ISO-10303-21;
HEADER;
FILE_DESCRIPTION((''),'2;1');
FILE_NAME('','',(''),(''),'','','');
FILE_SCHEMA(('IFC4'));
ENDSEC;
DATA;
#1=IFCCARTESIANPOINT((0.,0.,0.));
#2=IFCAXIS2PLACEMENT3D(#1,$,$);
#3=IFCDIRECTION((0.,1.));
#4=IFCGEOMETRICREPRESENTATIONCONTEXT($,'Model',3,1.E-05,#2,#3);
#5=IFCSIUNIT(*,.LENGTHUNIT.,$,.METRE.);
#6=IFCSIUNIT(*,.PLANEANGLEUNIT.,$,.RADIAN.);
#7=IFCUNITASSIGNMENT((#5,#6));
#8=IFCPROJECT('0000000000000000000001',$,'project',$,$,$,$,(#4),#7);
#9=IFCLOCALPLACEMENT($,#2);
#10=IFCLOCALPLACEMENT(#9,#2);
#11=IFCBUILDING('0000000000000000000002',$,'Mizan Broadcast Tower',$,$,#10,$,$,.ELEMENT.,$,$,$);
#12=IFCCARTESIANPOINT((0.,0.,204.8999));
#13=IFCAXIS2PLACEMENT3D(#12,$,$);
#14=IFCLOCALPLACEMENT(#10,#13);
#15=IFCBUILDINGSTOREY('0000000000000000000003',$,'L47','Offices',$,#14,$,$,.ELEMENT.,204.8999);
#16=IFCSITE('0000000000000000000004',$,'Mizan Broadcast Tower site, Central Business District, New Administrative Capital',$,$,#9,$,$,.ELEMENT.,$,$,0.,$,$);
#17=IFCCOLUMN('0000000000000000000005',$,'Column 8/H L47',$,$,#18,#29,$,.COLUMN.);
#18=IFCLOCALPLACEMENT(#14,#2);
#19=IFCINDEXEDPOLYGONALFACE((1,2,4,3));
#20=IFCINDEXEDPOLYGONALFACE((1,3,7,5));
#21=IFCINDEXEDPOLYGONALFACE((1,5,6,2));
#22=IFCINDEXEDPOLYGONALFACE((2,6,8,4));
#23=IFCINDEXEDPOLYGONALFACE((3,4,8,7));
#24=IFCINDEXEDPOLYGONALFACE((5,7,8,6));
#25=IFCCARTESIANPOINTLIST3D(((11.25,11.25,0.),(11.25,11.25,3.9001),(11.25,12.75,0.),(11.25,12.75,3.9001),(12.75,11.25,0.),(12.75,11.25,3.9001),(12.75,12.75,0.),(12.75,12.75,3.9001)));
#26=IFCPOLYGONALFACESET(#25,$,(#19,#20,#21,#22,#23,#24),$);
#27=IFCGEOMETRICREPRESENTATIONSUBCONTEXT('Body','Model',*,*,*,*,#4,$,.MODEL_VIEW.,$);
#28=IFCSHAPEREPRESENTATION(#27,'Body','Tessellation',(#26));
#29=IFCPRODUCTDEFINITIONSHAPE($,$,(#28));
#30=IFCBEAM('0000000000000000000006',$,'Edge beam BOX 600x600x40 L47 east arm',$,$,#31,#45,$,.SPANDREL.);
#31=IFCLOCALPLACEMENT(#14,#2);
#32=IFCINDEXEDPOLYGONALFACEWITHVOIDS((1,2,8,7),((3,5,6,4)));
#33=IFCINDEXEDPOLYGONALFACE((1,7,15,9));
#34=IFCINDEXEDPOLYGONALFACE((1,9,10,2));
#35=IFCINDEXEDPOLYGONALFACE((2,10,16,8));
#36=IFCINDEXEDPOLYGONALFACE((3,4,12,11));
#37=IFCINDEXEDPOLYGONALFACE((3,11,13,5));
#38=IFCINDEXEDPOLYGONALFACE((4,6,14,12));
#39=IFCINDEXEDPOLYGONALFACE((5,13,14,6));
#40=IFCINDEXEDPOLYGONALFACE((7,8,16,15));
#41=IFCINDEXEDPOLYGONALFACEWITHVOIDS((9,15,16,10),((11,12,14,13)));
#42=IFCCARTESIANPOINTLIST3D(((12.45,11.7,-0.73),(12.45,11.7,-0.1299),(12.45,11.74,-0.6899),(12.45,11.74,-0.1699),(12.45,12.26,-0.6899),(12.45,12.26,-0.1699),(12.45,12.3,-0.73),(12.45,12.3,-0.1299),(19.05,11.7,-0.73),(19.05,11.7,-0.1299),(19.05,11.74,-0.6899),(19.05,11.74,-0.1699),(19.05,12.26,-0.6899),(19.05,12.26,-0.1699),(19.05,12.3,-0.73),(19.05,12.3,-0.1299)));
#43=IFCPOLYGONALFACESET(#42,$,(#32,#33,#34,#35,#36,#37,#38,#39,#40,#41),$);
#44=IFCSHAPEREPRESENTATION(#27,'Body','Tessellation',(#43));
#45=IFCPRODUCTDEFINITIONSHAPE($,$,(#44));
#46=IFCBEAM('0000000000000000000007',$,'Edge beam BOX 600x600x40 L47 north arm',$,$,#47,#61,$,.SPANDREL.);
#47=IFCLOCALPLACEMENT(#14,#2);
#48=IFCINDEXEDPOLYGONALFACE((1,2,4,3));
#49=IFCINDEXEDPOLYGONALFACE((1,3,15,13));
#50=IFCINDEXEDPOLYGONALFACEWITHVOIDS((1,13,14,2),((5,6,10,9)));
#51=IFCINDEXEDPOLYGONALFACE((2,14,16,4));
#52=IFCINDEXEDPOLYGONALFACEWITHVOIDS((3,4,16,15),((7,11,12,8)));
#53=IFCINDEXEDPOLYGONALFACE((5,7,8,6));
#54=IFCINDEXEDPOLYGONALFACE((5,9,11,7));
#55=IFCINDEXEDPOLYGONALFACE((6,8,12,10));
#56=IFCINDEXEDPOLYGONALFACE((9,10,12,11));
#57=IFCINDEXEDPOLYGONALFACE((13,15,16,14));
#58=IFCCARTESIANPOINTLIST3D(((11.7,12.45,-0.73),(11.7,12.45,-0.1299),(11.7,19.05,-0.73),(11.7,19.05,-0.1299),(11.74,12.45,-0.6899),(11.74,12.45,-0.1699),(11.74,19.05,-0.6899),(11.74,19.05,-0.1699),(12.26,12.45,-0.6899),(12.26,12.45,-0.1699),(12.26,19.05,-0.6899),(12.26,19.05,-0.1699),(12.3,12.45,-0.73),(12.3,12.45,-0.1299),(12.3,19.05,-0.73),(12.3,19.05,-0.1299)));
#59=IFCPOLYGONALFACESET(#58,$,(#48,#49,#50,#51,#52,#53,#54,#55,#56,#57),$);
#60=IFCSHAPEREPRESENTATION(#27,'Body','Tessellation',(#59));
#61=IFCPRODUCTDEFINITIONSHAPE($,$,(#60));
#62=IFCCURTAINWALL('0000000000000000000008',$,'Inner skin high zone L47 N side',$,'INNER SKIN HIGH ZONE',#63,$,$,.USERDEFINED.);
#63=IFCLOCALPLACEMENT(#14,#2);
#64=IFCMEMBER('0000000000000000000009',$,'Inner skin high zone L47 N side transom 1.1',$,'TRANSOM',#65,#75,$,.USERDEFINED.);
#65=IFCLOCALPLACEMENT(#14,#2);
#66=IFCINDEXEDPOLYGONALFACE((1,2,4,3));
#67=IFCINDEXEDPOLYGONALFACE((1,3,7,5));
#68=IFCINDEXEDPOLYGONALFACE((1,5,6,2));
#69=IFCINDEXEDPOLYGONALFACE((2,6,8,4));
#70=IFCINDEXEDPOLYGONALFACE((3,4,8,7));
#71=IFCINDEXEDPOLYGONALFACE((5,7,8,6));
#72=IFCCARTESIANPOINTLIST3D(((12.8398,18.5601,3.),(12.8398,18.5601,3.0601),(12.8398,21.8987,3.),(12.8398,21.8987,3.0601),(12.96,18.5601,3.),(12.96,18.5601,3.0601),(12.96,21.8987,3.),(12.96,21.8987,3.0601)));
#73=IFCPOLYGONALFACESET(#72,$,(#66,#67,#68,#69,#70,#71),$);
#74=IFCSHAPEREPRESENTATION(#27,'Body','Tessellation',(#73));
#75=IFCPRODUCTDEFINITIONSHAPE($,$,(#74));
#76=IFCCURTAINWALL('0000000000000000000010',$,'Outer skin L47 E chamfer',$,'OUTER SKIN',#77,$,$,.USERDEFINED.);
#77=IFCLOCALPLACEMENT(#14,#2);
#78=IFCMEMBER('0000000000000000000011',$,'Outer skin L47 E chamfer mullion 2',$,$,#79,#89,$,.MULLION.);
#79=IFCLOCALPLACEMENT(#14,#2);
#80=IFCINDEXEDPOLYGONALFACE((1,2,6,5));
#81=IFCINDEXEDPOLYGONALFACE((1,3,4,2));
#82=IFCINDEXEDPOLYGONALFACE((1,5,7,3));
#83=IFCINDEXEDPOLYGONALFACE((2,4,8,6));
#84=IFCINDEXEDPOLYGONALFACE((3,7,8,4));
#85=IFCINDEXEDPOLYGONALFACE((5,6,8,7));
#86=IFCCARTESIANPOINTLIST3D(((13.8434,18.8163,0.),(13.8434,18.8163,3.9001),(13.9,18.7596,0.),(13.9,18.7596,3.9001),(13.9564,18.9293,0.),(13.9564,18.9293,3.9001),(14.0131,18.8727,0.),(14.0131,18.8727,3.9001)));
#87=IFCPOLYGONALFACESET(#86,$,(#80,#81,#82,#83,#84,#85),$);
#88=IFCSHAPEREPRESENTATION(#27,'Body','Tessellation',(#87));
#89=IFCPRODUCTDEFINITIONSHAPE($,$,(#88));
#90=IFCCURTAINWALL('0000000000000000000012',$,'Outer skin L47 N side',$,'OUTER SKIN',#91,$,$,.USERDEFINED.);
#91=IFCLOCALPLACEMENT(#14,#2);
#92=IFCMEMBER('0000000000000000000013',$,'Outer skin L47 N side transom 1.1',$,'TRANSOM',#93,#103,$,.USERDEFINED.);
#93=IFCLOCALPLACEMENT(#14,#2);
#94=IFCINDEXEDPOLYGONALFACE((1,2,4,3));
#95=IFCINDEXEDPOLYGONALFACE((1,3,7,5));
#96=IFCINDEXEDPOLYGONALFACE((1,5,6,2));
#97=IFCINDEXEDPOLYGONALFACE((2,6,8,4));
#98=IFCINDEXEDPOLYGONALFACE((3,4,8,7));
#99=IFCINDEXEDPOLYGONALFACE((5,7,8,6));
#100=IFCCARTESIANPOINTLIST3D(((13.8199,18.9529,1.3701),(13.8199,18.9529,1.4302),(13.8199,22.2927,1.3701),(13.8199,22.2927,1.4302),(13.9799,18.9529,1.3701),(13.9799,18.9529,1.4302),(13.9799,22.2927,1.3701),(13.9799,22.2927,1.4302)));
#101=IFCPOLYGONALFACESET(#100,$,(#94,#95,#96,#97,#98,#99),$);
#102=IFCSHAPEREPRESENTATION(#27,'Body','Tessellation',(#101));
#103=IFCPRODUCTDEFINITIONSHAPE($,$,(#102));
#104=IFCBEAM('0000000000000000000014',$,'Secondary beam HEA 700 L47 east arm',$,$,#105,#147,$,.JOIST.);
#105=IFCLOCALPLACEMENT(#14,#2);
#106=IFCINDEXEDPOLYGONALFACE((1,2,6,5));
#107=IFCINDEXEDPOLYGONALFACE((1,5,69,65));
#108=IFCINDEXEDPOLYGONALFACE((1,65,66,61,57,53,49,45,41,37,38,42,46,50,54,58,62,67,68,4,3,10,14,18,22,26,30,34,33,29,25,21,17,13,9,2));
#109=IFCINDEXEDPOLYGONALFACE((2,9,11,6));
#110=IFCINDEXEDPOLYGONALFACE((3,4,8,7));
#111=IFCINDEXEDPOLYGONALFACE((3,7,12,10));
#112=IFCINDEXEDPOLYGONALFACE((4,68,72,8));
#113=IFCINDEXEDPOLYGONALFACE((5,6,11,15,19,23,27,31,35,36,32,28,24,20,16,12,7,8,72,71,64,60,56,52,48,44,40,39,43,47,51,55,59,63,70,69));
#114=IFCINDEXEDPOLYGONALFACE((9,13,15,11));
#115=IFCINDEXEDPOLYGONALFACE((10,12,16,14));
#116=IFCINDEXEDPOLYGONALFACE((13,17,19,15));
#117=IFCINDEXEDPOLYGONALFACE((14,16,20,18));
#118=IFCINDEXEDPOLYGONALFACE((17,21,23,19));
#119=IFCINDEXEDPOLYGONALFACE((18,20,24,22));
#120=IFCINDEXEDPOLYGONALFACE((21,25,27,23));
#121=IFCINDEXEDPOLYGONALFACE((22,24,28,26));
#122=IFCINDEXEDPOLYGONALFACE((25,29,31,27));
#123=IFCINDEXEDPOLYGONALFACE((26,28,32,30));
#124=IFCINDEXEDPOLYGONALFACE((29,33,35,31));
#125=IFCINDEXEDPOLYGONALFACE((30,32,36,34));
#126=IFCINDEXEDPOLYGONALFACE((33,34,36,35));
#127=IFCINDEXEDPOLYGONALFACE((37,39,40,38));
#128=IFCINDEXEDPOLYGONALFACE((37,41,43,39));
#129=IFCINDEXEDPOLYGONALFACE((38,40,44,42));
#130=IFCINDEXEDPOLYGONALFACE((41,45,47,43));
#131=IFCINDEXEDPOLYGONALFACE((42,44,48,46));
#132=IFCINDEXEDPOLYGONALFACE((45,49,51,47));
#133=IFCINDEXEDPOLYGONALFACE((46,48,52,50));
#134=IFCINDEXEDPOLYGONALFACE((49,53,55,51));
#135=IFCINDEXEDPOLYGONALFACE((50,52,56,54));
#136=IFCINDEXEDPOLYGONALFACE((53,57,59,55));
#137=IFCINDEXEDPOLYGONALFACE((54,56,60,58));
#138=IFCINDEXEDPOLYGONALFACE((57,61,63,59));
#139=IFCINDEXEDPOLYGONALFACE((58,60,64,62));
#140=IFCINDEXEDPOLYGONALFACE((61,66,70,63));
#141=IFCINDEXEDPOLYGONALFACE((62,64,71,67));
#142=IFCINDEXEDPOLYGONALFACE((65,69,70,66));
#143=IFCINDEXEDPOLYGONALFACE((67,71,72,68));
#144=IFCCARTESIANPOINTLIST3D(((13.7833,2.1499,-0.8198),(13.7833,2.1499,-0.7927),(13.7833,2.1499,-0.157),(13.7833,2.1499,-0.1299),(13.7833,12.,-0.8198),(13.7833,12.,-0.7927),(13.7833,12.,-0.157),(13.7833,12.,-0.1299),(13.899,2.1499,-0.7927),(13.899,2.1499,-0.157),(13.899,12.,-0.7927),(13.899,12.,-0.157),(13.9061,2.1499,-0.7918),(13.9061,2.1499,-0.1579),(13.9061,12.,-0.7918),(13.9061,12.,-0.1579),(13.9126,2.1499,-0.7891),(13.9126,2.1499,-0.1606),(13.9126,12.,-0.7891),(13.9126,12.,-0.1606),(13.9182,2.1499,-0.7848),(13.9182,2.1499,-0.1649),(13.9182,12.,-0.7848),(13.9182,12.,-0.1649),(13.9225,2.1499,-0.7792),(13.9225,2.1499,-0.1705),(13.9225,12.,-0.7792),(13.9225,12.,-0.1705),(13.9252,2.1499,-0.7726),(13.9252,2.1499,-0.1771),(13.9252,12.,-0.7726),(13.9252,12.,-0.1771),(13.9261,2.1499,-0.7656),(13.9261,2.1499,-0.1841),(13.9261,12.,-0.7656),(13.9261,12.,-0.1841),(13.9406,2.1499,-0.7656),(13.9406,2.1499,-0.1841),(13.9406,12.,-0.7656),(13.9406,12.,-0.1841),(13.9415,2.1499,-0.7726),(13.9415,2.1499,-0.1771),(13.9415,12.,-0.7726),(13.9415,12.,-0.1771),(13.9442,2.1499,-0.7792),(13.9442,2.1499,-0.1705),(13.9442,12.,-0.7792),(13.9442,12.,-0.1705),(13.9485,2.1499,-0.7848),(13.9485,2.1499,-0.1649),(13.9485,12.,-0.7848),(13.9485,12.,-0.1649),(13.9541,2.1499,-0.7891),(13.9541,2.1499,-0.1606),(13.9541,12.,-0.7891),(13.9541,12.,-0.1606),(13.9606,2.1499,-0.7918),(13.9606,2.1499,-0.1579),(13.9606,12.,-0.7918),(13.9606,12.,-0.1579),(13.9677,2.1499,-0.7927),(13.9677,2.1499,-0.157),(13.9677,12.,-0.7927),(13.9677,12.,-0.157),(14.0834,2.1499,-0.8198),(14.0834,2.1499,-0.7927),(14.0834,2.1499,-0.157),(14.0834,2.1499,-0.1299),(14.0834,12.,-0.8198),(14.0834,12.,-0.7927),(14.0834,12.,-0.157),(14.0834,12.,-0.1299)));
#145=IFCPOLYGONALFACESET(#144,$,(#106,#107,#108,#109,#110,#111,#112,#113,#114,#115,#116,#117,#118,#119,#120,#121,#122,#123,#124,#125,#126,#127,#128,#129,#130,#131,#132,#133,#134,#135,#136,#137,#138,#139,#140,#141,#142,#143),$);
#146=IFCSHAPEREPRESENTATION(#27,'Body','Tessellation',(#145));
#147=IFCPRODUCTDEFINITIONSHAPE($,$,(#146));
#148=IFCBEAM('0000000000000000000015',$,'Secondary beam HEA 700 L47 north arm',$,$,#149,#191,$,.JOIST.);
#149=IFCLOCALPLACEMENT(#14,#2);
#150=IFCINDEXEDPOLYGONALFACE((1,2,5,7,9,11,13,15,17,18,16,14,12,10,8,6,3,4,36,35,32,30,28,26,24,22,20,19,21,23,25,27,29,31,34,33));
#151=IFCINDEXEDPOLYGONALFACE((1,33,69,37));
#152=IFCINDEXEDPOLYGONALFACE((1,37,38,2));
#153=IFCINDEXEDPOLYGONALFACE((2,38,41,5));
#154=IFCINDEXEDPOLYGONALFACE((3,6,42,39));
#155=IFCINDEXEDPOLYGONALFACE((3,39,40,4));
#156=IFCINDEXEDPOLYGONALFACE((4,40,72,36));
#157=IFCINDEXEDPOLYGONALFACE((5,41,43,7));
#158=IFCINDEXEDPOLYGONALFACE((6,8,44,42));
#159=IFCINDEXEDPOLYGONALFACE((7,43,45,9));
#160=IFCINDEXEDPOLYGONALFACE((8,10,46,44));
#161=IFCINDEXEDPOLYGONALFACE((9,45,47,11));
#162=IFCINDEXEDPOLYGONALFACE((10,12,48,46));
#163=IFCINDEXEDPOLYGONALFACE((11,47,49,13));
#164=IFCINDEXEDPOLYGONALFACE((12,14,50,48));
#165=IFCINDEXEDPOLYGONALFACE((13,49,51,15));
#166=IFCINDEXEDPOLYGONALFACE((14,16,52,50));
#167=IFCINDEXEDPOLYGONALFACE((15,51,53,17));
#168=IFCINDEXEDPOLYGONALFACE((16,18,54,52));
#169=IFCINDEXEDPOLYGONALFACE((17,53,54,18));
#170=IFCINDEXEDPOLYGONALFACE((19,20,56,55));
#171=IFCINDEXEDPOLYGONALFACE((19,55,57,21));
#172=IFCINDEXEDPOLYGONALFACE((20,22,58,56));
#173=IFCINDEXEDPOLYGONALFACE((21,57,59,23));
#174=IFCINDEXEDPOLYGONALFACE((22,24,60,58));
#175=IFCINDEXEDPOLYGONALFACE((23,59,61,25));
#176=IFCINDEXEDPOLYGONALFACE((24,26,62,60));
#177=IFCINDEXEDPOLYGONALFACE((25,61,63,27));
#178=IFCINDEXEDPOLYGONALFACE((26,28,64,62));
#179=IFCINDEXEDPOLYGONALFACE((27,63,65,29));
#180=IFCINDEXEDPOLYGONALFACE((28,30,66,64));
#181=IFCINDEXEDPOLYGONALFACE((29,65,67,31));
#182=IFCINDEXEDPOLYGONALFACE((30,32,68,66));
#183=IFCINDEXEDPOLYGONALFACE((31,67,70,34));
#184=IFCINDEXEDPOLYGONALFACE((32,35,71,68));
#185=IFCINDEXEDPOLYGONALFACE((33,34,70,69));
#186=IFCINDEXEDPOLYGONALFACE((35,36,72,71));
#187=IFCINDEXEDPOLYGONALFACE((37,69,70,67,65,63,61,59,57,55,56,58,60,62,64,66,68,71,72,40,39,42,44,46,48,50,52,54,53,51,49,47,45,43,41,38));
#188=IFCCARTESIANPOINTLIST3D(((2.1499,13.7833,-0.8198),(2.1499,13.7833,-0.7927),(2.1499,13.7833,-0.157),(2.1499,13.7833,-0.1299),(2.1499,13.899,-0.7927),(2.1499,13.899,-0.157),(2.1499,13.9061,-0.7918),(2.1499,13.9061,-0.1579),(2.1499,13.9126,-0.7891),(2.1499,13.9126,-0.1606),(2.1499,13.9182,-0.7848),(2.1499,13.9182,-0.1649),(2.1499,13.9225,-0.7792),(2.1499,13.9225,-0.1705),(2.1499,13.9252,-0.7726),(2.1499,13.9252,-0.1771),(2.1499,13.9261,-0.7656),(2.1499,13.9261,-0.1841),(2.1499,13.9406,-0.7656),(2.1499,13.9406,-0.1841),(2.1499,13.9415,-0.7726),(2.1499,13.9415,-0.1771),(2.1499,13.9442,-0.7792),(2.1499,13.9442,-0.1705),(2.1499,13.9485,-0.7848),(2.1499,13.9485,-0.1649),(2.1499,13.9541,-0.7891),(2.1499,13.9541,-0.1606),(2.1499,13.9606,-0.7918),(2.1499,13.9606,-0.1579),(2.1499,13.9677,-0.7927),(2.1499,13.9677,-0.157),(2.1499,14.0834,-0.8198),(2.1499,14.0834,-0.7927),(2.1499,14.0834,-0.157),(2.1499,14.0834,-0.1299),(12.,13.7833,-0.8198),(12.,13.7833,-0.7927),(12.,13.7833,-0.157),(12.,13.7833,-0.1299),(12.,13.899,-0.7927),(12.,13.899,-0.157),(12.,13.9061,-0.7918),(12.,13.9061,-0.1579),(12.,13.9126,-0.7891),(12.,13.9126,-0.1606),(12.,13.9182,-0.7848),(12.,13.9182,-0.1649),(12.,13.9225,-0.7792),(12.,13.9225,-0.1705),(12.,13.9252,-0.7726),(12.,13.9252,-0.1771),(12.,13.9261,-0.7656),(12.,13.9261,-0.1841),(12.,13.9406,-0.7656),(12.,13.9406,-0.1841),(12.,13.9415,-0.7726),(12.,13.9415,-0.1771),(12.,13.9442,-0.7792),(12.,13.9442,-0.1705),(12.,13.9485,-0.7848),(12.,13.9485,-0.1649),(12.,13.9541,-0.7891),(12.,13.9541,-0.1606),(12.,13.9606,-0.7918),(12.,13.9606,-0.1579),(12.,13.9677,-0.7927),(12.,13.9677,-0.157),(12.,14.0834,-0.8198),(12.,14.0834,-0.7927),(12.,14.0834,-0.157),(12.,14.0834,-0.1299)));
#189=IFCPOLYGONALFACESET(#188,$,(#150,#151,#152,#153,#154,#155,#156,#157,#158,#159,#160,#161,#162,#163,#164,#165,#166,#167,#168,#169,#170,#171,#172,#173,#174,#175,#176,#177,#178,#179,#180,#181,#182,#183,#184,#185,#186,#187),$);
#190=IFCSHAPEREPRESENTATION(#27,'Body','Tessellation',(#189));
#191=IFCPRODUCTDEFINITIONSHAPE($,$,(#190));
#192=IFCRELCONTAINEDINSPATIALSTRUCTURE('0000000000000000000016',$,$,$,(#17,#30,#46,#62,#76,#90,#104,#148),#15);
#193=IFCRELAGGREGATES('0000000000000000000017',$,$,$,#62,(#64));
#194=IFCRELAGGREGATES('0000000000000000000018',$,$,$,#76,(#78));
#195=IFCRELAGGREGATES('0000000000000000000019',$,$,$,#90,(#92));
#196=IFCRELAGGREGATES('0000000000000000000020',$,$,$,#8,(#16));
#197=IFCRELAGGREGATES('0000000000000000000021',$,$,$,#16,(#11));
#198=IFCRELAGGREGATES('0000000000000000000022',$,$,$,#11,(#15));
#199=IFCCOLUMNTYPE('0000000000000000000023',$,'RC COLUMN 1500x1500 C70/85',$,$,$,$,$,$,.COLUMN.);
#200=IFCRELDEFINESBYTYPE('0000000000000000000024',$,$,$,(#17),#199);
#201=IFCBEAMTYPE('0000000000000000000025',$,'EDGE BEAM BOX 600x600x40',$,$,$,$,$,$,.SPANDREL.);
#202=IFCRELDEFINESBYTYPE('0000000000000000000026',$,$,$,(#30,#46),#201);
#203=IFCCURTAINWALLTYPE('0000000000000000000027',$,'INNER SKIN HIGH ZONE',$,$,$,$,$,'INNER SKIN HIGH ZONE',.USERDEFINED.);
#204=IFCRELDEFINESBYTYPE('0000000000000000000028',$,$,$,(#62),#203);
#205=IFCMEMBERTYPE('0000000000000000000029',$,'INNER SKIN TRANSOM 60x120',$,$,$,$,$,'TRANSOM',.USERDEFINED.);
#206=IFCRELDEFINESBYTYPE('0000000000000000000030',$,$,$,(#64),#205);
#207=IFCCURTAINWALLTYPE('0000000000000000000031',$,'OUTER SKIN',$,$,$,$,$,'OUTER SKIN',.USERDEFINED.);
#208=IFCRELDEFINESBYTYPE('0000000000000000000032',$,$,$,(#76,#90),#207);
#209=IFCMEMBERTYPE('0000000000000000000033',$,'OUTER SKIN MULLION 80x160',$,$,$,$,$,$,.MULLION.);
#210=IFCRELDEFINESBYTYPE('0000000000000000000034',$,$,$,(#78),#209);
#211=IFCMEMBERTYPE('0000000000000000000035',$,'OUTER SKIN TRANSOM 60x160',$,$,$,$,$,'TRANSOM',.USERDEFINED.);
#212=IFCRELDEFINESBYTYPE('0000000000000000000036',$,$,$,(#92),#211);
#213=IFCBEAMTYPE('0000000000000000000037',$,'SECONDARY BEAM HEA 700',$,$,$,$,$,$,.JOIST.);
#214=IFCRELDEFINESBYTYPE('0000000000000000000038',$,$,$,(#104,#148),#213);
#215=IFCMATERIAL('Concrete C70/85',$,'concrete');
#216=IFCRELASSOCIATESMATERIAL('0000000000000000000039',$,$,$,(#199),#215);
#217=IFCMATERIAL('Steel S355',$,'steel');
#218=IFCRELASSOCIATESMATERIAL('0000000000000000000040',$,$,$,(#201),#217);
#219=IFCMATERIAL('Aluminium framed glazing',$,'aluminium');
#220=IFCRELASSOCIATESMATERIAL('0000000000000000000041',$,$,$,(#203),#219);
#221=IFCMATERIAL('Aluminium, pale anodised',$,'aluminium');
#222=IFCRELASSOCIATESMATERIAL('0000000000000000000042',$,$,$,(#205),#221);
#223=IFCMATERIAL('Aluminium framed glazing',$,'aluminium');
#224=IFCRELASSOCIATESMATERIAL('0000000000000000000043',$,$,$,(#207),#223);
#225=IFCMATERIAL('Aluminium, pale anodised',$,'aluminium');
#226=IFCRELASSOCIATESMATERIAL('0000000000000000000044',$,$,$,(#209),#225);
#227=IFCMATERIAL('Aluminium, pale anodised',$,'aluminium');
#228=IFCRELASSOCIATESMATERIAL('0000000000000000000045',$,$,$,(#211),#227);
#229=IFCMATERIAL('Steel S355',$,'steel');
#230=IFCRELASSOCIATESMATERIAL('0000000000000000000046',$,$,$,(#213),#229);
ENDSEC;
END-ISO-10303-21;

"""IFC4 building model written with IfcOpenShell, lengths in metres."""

from ifc_helpers import new_model, si_unit, direction, frame, origin, origin_2d, place, context, subcontext, project, spatial, rectangle, hollow_rectangle, i_section, extrude, material, material_profile, profile_set, type_object, element, aggregate, save


model = new_model("IFC4")

# Units and contexts
model_context = context("Model", 3, precision=1e-05, world=origin(), true_north=direction((0.0, 1.0)))
body_context = subcontext(model_context, "Body", "Model", "MODEL_VIEW")
ifc_project = project(units=[si_unit("LENGTHUNIT", "METRE"), si_unit("PLANEANGLEUNIT", "RADIAN")], contexts=[model_context])

# Site, building, storey
site_placement = place(None, origin())
site = spatial("IfcSite", under=ifc_project, at=site_placement, Name="Mizan Broadcast Tower site, Central Business District, New Administrative Capital", CompositionType="ELEMENT", RefElevation=0.0)
building_placement = place(site_placement, origin())
building = spatial("IfcBuilding", under=site, at=building_placement, Name="Mizan Broadcast Tower", CompositionType="ELEMENT")
storey_placement = place(building_placement, frame((0.0, 0.0, 204.8999)))
storey = spatial("IfcBuildingStorey", under=building, at=storey_placement, Name="L47", Description="Offices", CompositionType="ELEMENT", Elevation=204.8999)

# Column
ifc_material_1 = material(Name="Concrete C70/85", Category="concrete")
ifc_material_profile_1 = material_profile(ifc_material_1, rectangle(XDim=1.5, YDim=1.5, at=origin_2d()), Name="RC 1500x1500")
ifc_profile_set_1 = profile_set([ifc_material_profile_1], Name="Concrete C70/85")
column_type = type_object("IfcColumnType", Name="RC COLUMN 1500x1500 C70/85", PredefinedType="COLUMN", material=ifc_profile_set_1)
column_placement = place(storey_placement, frame((12.0, 12.0, 0.0), z_axis=(0.0, 0.0, 1.0), x_axis=(1.0, 0.0, 0.0)))
element("IfcColumn", 1, at=column_placement, inside=storey, type_object=column_type, Name="Column 8/H L47", PredefinedType="COLUMN", context=body_context, shape_type="SweptSolid", body=[
    extrude(rectangle(XDim=1.5, YDim=1.5, at=origin_2d()), origin(), (0.0, 0.0, 1.0), 3.9001),
])

# Beams
ifc_material_2 = material(Name="Steel S355", Category="steel")
ifc_material_profile_2 = material_profile(ifc_material_2, hollow_rectangle(XDim=0.6001, YDim=0.6001, WallThickness=0.04, at=origin_2d()), Name="BOX 600x600x40")
ifc_profile_set_2 = profile_set([ifc_material_profile_2], Name="Steel S355")
beam_type_1 = type_object("IfcBeamType", Name="EDGE BEAM BOX 600x600x40", PredefinedType="SPANDREL", material=ifc_profile_set_2)
for number, where, z_axis, x_axis, name in (
    (2, (12.45, 12.0, -0.4299), (1.0, 0.0, 0.0), (0.0, 1.0, 0.0), "Edge beam BOX 600x600x40 L47 east arm"),
    (3, (12.0, 12.45, -0.4299), (0.0, 1.0, 0.0), (-1.0, 0.0, 0.0), "Edge beam BOX 600x600x40 L47 north arm"),
):
    element("IfcBeam", number, at=place(storey_placement, frame(where, z_axis=z_axis, x_axis=x_axis)), inside=storey, type_object=beam_type_1, Name=name, PredefinedType="SPANDREL", context=body_context, shape_type="SweptSolid", body=[
        extrude(hollow_rectangle(XDim=0.6001, YDim=0.6001, WallThickness=0.04, at=origin_2d()), origin(), (0.0, 0.0, 1.0), 6.6001),
    ])

# Curtain walls, members
ifc_material_3 = material(Name="Aluminium framed glazing", Category="aluminium")
curtain_wall_type_1 = type_object("IfcCurtainWallType", Name="INNER SKIN HIGH ZONE", ElementType="INNER SKIN HIGH ZONE", PredefinedType="USERDEFINED", material=ifc_material_3)
curtain_wall_1_placement = place(storey_placement, origin())
curtain_wall_1 = element("IfcCurtainWall", 4, at=curtain_wall_1_placement, inside=storey, type_object=curtain_wall_type_1, Name="Inner skin high zone L47 N side", ObjectType="INNER SKIN HIGH ZONE", PredefinedType="USERDEFINED")
ifc_material_4 = material(Name="Aluminium, pale anodised", Category="aluminium")
ifc_material_profile_3 = material_profile(ifc_material_4, rectangle(XDim=0.1201, YDim=0.0601, at=origin_2d()), Name="TRANSOM 120x60")
ifc_profile_set_3 = profile_set([ifc_material_profile_3], Name="Aluminium, pale anodised")
member_type_1 = type_object("IfcMemberType", Name="INNER SKIN TRANSOM 60x120", ElementType="TRANSOM", PredefinedType="USERDEFINED", material=ifc_profile_set_3)
member_1_placement = place(storey_placement, frame((12.8999, 18.5601, 3.03), z_axis=(0.0, 1.0, 0.0), x_axis=(-1.0, 0.0, 0.0)))
member_1 = element("IfcMember", 5, at=member_1_placement, type_object=member_type_1, Name="Inner skin high zone L47 N side transom 1.1", ObjectType="TRANSOM", PredefinedType="USERDEFINED", context=body_context, shape_type="SweptSolid", body=[
    extrude(rectangle(XDim=0.1201, YDim=0.0601, at=origin_2d()), origin(), (0.0, 0.0, 1.0), 3.3386),
])
aggregate(curtain_wall_1, [member_1])
ifc_material_5 = material(Name="Aluminium framed glazing", Category="aluminium")
curtain_wall_type_2 = type_object("IfcCurtainWallType", Name="OUTER SKIN", ElementType="OUTER SKIN", PredefinedType="USERDEFINED", material=ifc_material_5)
curtain_wall_2_placement = place(storey_placement, origin())
curtain_wall_2 = element("IfcCurtainWall", 6, at=curtain_wall_2_placement, inside=storey, type_object=curtain_wall_type_2, Name="Outer skin L47 E chamfer", ObjectType="OUTER SKIN", PredefinedType="USERDEFINED")
ifc_material_6 = material(Name="Aluminium, pale anodised", Category="aluminium")
ifc_material_profile_4 = material_profile(ifc_material_6, rectangle(XDim=0.1599, YDim=0.0801, at=origin_2d()), Name="MULLION 160x80")
ifc_profile_set_4 = profile_set([ifc_material_profile_4], Name="Aluminium, pale anodised")
member_type_2 = type_object("IfcMemberType", Name="OUTER SKIN MULLION 80x160", PredefinedType="MULLION", material=ifc_profile_set_4)
member_2_placement = place(storey_placement, frame((13.9282, 18.8445, 0.0), z_axis=(0.0, 0.0, 1.0), x_axis=(-0.707107, -0.707107, 0.0)))
member_2 = element("IfcMember", 7, at=member_2_placement, type_object=member_type_2, Name="Outer skin L47 E chamfer mullion 2", PredefinedType="MULLION", context=body_context, shape_type="SweptSolid", body=[
    extrude(rectangle(XDim=0.1599, YDim=0.0801, at=origin_2d()), origin(), (0.0, 0.0, 1.0), 3.9001),
])
aggregate(curtain_wall_2, [member_2])
curtain_wall_3_placement = place(storey_placement, origin())
curtain_wall_3 = element("IfcCurtainWall", 8, at=curtain_wall_3_placement, inside=storey, type_object=curtain_wall_type_2, Name="Outer skin L47 N side", ObjectType="OUTER SKIN", PredefinedType="USERDEFINED")
ifc_material_7 = material(Name="Aluminium, pale anodised", Category="aluminium")
ifc_material_profile_5 = material_profile(ifc_material_7, rectangle(XDim=0.1599, YDim=0.0601, at=origin_2d()), Name="TRANSOM 160x60")
ifc_profile_set_5 = profile_set([ifc_material_profile_5], Name="Aluminium, pale anodised")
member_type_3 = type_object("IfcMemberType", Name="OUTER SKIN TRANSOM 60x160", ElementType="TRANSOM", PredefinedType="USERDEFINED", material=ifc_profile_set_5)
member_3_placement = place(storey_placement, frame((13.8999, 18.9529, 1.4001), z_axis=(0.0, 1.0, 0.0), x_axis=(-1.0, 0.0, 0.0)))
member_3 = element("IfcMember", 9, at=member_3_placement, type_object=member_type_3, Name="Outer skin L47 N side transom 1.1", ObjectType="TRANSOM", PredefinedType="USERDEFINED", context=body_context, shape_type="SweptSolid", body=[
    extrude(rectangle(XDim=0.1599, YDim=0.0601, at=origin_2d()), origin(), (0.0, 0.0, 1.0), 3.3398),
])
aggregate(curtain_wall_3, [member_3])

# Beams
ifc_material_8 = material(Name="Steel S355", Category="steel")
ifc_material_profile_6 = material_profile(ifc_material_8, i_section(OverallWidth=0.3, OverallDepth=0.6899, WebThickness=0.0144, FlangeThickness=0.0271, FilletRadius=0.0271, at=origin_2d()), Name="HEA 700")
ifc_profile_set_6 = profile_set([ifc_material_profile_6], Name="Steel S355")
beam_type_2 = type_object("IfcBeamType", Name="SECONDARY BEAM HEA 700", PredefinedType="JOIST", material=ifc_profile_set_6)
for number, where, z_axis, x_axis, name in (
    (10, (13.9333, 12.0, -0.4749), (0.0, -1.0, 0.0), (1.0, 0.0, 0.0), "Secondary beam HEA 700 L47 east arm"),
    (11, (12.0, 13.9333, -0.4749), (-1.0, 0.0, 0.0), (0.0, -1.0, 0.0), "Secondary beam HEA 700 L47 north arm"),
):
    element("IfcBeam", number, at=place(storey_placement, frame(where, z_axis=z_axis, x_axis=x_axis)), inside=storey, type_object=beam_type_2, Name=name, PredefinedType="JOIST", context=body_context, shape_type="SweptSolid", body=[
        extrude(i_section(OverallWidth=0.3, OverallDepth=0.6899, WebThickness=0.0144, FlangeThickness=0.0271, FilletRadius=0.0271, at=origin_2d()), origin(), (0.0, 0.0, 1.0), 9.8501),
    ])

save(model, "model.ifc")
